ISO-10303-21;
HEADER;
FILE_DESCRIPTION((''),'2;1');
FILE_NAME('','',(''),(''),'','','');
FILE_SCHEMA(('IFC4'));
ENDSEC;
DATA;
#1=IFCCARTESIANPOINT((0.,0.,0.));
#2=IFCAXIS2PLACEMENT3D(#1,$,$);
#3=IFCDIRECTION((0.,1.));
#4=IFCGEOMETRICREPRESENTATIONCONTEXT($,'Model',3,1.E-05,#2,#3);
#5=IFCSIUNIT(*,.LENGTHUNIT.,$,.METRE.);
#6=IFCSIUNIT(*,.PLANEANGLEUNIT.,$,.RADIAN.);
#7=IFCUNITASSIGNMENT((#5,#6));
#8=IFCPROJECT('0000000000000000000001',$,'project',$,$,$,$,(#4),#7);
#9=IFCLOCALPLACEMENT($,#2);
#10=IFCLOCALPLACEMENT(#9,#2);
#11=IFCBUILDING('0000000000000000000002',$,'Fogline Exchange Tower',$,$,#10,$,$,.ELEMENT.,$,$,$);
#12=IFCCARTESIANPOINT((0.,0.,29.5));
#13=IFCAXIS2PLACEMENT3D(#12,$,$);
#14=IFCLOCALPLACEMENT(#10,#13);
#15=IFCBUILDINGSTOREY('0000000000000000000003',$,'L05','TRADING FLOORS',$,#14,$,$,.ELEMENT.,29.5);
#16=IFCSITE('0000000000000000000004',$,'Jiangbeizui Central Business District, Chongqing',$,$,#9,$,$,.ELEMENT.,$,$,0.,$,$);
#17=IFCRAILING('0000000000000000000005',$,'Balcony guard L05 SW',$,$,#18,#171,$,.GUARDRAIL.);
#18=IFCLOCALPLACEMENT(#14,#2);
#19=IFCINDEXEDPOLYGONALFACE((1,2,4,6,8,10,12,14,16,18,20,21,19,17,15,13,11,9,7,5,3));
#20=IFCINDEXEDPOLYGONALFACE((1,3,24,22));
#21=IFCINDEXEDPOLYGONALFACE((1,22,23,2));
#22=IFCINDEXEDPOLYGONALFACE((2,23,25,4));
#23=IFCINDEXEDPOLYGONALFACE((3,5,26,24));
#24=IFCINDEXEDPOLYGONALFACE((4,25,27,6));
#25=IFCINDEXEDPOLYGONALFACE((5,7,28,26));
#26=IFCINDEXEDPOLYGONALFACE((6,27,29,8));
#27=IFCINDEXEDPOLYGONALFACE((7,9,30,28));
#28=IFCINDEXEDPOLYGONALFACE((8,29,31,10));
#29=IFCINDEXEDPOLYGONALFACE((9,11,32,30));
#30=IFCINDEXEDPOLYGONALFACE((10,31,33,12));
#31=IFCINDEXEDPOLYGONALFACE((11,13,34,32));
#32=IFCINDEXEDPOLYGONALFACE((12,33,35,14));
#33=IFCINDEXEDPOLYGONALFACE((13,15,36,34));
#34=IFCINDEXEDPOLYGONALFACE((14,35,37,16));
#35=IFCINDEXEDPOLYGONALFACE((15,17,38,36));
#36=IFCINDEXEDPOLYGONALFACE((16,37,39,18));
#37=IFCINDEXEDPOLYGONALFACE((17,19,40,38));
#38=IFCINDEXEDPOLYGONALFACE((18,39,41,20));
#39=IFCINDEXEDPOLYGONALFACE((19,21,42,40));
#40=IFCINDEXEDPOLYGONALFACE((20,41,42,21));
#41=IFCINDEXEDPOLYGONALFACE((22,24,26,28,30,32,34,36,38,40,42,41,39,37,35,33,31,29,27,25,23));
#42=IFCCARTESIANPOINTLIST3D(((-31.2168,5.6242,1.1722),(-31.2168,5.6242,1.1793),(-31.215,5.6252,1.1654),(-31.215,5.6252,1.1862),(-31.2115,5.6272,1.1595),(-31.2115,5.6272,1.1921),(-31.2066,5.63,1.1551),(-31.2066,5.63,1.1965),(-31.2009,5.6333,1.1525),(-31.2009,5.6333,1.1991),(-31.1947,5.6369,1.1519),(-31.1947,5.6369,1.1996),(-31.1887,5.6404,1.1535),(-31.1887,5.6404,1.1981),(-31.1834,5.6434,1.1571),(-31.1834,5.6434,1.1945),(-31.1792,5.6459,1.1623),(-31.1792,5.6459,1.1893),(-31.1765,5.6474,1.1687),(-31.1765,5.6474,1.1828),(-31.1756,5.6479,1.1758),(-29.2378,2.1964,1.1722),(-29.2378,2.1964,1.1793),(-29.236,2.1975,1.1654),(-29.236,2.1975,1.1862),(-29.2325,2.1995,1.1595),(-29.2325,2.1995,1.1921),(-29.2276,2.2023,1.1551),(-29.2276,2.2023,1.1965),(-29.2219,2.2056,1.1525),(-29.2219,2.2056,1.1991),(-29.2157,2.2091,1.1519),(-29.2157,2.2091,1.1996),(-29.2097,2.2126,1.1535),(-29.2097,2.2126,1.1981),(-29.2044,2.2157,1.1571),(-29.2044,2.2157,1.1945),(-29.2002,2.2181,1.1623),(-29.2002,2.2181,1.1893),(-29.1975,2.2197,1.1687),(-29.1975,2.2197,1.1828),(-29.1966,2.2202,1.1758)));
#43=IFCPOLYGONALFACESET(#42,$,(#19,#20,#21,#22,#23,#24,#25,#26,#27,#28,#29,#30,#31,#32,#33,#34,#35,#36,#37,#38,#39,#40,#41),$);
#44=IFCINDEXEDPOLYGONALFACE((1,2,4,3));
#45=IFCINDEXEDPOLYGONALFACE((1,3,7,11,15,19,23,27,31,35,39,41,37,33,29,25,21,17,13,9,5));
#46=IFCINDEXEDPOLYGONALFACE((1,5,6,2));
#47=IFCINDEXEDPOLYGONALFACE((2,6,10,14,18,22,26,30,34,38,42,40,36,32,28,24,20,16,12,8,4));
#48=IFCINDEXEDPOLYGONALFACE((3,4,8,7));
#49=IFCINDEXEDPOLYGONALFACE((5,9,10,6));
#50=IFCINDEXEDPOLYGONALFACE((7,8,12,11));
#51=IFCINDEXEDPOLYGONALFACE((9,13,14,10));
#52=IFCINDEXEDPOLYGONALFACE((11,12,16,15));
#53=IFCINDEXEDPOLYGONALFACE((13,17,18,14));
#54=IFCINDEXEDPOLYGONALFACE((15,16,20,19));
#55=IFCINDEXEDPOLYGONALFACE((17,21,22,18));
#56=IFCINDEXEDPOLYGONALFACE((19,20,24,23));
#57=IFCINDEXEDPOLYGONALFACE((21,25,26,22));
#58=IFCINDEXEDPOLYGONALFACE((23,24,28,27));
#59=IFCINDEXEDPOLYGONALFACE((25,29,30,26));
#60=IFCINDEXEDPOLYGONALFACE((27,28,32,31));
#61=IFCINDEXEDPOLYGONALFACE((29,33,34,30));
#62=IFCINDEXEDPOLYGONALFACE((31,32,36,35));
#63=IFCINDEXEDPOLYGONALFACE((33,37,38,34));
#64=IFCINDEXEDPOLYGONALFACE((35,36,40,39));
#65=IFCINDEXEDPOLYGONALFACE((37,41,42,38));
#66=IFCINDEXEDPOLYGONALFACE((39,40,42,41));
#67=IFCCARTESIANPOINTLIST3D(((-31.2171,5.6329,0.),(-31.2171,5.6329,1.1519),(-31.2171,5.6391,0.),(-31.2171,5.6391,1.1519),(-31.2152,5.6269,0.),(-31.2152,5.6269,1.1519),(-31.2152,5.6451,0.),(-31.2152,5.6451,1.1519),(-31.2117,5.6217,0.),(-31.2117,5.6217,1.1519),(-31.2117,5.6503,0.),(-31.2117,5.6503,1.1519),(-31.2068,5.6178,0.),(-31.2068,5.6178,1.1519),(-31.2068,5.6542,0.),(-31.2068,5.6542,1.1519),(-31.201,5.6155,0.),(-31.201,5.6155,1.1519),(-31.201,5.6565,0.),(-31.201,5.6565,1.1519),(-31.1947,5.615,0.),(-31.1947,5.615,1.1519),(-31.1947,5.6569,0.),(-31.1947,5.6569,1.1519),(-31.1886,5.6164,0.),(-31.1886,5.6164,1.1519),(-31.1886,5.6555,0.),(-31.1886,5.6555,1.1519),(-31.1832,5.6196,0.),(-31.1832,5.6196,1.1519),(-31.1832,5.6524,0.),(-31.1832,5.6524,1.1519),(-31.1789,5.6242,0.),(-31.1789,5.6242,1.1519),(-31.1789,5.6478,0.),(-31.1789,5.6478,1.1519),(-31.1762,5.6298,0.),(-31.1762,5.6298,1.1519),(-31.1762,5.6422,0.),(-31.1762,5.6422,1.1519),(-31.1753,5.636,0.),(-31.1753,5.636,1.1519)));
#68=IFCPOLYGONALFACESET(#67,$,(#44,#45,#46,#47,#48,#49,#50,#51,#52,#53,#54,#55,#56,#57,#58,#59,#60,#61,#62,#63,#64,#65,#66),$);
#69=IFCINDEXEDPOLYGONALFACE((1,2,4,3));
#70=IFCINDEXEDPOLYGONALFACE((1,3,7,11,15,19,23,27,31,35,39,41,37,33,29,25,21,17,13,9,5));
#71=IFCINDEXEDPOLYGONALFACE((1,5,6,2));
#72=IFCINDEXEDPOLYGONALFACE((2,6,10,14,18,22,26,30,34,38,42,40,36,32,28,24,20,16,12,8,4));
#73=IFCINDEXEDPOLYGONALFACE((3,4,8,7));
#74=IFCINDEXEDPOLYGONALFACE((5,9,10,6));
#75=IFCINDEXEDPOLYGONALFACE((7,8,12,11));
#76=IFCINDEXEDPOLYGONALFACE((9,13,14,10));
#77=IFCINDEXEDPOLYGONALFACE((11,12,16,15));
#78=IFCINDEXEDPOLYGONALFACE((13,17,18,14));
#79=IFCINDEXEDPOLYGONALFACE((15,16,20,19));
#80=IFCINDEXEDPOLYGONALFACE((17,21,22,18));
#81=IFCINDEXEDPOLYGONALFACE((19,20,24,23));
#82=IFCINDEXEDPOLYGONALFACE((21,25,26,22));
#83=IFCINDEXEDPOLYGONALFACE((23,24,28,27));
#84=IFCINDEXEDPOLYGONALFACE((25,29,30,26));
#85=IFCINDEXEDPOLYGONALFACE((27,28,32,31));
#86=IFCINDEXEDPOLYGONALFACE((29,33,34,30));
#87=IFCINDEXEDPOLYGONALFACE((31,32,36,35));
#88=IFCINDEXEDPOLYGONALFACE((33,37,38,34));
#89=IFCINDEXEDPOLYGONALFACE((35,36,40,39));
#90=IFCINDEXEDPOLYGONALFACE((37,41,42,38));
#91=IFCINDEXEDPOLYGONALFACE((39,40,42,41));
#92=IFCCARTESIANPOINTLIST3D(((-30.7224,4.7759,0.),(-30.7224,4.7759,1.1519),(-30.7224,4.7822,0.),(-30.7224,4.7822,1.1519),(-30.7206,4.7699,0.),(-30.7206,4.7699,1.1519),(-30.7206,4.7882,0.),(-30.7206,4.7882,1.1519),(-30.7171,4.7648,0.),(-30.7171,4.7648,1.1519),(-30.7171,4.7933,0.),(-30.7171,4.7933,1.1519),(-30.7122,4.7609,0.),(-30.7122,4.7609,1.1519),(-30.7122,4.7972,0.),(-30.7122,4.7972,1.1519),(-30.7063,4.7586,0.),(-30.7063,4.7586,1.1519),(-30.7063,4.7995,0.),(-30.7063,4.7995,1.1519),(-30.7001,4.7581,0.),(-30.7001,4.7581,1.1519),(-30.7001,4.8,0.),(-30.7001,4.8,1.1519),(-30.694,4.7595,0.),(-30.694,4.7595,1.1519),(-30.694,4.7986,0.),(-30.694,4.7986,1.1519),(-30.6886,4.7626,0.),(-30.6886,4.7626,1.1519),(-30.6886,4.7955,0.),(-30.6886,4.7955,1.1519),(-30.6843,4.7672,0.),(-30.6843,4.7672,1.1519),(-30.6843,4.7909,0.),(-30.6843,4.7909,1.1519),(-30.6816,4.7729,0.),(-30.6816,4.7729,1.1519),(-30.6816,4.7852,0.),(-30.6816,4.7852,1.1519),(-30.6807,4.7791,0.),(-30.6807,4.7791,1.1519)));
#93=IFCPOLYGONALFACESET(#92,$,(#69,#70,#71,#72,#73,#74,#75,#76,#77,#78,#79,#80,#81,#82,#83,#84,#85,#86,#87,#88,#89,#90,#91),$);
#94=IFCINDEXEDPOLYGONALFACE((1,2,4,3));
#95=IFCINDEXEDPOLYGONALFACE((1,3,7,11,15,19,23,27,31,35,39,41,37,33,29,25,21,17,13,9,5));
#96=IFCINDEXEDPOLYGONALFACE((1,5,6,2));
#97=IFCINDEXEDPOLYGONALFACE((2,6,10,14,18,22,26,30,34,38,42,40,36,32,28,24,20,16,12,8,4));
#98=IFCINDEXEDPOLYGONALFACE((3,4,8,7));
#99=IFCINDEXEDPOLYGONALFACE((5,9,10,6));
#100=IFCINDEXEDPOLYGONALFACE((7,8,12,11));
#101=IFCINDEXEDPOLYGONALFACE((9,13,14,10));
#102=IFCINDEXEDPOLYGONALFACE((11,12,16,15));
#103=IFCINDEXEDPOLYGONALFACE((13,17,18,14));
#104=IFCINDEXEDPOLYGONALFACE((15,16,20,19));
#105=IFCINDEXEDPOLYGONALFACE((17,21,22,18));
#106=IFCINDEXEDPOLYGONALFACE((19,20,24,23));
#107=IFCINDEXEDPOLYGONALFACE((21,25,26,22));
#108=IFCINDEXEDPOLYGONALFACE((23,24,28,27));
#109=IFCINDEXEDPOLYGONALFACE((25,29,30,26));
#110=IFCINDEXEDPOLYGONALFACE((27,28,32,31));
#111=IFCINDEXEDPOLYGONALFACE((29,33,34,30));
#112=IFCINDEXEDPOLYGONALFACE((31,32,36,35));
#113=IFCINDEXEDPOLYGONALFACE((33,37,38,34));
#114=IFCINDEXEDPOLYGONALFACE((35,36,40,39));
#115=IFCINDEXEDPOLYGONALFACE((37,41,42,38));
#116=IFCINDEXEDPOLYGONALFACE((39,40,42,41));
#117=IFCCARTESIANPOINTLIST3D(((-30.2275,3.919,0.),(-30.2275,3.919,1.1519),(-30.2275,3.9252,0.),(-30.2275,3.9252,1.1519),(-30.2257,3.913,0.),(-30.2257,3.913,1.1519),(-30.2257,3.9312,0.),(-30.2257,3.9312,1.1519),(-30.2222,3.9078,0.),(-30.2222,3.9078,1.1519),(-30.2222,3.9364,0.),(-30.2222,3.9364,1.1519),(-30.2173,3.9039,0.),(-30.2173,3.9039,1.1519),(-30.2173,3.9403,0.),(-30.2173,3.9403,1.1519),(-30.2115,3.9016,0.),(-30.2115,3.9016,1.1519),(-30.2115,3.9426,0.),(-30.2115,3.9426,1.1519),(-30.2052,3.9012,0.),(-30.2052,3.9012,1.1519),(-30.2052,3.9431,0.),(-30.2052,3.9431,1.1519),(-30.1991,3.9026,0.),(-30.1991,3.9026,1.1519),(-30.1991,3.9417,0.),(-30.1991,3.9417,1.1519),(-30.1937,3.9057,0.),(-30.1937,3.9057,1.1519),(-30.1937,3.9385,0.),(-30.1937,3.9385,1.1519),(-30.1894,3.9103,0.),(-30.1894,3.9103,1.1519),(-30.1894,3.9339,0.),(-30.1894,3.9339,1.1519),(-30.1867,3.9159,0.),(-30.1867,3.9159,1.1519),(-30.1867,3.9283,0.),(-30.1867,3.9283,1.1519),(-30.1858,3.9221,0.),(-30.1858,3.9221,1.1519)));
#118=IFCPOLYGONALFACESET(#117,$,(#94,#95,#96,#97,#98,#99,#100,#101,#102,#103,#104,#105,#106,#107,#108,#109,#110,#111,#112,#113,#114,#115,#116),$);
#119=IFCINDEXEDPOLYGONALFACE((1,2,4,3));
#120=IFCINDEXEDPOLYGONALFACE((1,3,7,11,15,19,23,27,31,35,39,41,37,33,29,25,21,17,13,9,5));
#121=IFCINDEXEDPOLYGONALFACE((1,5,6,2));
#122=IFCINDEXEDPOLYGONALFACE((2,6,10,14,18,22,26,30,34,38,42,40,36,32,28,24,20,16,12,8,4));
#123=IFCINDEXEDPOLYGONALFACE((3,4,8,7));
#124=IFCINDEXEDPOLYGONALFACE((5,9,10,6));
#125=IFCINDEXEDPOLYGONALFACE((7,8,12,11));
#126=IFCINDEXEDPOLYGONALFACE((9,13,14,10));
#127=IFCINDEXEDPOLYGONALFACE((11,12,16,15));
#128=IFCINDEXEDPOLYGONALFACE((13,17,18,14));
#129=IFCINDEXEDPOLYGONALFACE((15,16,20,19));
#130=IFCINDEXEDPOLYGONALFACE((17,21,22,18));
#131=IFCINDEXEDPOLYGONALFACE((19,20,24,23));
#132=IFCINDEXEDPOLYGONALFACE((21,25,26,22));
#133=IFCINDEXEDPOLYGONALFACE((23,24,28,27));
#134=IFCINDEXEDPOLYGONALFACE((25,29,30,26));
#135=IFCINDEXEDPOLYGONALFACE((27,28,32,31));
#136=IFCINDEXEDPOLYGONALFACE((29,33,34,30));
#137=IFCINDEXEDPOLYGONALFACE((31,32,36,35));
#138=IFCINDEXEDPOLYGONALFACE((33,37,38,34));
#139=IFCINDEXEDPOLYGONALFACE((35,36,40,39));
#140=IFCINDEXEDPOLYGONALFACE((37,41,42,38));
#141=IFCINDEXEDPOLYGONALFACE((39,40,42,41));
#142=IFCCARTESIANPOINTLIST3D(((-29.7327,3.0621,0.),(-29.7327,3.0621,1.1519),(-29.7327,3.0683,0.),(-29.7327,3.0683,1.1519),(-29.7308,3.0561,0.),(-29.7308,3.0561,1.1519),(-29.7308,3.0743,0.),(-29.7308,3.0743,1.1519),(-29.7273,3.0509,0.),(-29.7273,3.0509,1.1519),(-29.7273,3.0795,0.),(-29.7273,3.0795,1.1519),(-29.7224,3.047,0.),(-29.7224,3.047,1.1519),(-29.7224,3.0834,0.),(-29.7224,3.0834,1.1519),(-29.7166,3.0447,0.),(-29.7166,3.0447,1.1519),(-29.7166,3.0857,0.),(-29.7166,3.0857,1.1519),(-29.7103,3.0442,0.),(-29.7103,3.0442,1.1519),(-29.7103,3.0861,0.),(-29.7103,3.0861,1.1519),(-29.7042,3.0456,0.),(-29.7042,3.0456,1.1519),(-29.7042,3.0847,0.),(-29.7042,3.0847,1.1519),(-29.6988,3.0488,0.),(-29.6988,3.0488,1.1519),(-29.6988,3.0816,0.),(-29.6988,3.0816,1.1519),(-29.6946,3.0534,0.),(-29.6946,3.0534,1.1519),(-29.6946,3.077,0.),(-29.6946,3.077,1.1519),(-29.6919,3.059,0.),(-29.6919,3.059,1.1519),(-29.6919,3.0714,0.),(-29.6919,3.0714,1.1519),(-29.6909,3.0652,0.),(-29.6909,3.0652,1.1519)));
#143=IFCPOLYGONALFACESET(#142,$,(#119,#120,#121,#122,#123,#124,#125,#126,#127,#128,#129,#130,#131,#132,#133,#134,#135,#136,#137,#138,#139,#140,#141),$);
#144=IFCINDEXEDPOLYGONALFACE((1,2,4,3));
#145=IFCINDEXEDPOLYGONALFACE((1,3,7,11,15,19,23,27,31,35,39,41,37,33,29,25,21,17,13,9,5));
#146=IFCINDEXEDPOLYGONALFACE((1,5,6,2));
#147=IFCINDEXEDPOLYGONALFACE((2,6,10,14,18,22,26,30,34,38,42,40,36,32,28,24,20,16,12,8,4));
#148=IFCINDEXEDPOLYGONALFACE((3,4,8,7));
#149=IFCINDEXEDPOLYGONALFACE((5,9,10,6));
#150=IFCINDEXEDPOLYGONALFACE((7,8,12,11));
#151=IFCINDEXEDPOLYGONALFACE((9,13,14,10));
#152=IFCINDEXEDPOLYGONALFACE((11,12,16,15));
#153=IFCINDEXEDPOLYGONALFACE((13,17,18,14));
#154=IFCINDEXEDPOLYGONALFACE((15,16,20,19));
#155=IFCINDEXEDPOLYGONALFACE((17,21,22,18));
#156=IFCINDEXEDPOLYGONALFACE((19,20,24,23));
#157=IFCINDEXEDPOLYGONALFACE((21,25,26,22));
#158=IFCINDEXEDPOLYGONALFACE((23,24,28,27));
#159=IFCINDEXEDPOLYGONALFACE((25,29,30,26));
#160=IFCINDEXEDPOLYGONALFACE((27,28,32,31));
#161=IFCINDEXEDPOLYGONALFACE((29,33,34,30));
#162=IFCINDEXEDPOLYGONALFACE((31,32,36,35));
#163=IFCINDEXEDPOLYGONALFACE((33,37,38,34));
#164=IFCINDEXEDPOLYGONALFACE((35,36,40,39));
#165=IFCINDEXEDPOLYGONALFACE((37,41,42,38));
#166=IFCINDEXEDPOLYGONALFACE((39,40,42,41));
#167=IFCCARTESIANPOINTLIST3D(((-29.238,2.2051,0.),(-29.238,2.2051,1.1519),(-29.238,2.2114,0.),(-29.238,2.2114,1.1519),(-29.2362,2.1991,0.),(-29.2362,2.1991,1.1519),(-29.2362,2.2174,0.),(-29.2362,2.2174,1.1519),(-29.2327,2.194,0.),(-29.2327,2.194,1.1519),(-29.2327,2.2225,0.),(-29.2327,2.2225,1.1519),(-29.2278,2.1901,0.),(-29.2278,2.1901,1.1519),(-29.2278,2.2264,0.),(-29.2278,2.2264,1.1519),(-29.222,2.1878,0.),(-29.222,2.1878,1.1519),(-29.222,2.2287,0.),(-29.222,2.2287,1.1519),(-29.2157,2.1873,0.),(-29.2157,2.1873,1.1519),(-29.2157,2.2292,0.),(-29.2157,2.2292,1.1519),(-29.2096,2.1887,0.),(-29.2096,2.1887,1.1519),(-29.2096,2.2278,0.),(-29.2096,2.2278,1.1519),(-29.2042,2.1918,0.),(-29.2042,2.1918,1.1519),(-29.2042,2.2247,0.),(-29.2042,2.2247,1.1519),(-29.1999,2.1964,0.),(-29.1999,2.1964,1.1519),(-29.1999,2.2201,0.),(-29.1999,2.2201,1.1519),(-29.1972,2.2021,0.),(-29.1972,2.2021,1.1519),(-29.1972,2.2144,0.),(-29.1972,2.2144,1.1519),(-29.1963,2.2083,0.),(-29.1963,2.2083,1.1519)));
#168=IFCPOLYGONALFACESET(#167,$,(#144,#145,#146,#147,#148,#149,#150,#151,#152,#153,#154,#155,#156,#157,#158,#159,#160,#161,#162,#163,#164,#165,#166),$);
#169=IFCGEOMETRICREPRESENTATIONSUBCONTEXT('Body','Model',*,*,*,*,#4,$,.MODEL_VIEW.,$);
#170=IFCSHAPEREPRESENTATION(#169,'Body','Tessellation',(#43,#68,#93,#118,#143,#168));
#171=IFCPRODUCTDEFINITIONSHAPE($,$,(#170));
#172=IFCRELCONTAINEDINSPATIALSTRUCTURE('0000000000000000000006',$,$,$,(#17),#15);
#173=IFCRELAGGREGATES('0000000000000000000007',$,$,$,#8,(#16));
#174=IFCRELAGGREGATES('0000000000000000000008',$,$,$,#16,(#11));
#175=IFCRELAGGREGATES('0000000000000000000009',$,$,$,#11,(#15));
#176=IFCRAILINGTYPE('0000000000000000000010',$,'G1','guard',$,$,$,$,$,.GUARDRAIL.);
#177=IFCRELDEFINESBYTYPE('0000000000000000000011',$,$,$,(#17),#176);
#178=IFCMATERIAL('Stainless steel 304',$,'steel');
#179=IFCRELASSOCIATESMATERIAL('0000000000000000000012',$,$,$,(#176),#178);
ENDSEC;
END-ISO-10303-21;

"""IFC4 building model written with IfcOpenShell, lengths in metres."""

from ifc_helpers import new_model, si_unit, direction, frame, origin, origin_2d, place, context, subcontext, project, spatial, circle, extrude, material, type_object, element, save


model = new_model("IFC4")

# Units and contexts
model_context = context("Model", 3, precision=1e-05, world=origin(), true_north=direction((0.0, 1.0)))
body_context = subcontext(model_context, "Body", "Model", "MODEL_VIEW")
ifc_project = project(units=[si_unit("LENGTHUNIT", "METRE"), si_unit("PLANEANGLEUNIT", "RADIAN")], contexts=[model_context])

# Site, building, storey
site_placement = place(None, origin())
site = spatial("IfcSite", under=ifc_project, at=site_placement, Name="Jiangbeizui Central Business District, Chongqing", CompositionType="ELEMENT", RefElevation=0.0)
building_placement = place(site_placement, origin())
building = spatial("IfcBuilding", under=site, at=building_placement, Name="Fogline Exchange Tower", CompositionType="ELEMENT")
storey_placement = place(building_placement, frame((0.0, 0.0, 29.5)))
storey = spatial("IfcBuildingStorey", under=building, at=storey_placement, Name="L05", Description="TRADING FLOORS", CompositionType="ELEMENT", Elevation=29.5)

# Railing
ifc_material_1 = material(Name="Stainless steel 304", Category="steel")
railing_type = type_object("IfcRailingType", Name="G1", Description="guard", PredefinedType="GUARDRAIL", material=ifc_material_1)
railing_placement = place(storey_placement, frame((-31.1963, 5.636, 0.0)))
element("IfcRailing", 1, at=railing_placement, inside=storey, type_object=railing_type, Name="Balcony guard L05 SW", PredefinedType="GUARDRAIL", context=body_context, shape_type="SweptSolid", body=[
    extrude(circle(Radius=0.0239, at=origin_2d()), frame((0.0, 0.0, 1.1758), z_axis=(0.5, -0.866025, 0.0), x_axis=(0.866025, 0.5, 0.0)), (0.0, 0.0, 1.0), 3.958),
    extrude(circle(Radius=0.021, at=origin_2d()), origin(), (0.0, 0.0, 1.0), 1.1519),
    extrude(circle(Radius=0.021, at=origin_2d()), frame((0.4946, -0.8569, 0.0)), (0.0, 0.0, 1.0), 1.1519),
    extrude(circle(Radius=0.021, at=origin_2d()), frame((0.9895, -1.7139, 0.0)), (0.0, 0.0, 1.0), 1.1519),
    extrude(circle(Radius=0.021, at=origin_2d()), frame((1.4844, -2.5708, 0.0)), (0.0, 0.0, 1.0), 1.1519),
    extrude(circle(Radius=0.021, at=origin_2d()), frame((1.979, -3.4277, 0.0)), (0.0, 0.0, 1.0), 1.1519),
])

save(model, "model.ifc")
